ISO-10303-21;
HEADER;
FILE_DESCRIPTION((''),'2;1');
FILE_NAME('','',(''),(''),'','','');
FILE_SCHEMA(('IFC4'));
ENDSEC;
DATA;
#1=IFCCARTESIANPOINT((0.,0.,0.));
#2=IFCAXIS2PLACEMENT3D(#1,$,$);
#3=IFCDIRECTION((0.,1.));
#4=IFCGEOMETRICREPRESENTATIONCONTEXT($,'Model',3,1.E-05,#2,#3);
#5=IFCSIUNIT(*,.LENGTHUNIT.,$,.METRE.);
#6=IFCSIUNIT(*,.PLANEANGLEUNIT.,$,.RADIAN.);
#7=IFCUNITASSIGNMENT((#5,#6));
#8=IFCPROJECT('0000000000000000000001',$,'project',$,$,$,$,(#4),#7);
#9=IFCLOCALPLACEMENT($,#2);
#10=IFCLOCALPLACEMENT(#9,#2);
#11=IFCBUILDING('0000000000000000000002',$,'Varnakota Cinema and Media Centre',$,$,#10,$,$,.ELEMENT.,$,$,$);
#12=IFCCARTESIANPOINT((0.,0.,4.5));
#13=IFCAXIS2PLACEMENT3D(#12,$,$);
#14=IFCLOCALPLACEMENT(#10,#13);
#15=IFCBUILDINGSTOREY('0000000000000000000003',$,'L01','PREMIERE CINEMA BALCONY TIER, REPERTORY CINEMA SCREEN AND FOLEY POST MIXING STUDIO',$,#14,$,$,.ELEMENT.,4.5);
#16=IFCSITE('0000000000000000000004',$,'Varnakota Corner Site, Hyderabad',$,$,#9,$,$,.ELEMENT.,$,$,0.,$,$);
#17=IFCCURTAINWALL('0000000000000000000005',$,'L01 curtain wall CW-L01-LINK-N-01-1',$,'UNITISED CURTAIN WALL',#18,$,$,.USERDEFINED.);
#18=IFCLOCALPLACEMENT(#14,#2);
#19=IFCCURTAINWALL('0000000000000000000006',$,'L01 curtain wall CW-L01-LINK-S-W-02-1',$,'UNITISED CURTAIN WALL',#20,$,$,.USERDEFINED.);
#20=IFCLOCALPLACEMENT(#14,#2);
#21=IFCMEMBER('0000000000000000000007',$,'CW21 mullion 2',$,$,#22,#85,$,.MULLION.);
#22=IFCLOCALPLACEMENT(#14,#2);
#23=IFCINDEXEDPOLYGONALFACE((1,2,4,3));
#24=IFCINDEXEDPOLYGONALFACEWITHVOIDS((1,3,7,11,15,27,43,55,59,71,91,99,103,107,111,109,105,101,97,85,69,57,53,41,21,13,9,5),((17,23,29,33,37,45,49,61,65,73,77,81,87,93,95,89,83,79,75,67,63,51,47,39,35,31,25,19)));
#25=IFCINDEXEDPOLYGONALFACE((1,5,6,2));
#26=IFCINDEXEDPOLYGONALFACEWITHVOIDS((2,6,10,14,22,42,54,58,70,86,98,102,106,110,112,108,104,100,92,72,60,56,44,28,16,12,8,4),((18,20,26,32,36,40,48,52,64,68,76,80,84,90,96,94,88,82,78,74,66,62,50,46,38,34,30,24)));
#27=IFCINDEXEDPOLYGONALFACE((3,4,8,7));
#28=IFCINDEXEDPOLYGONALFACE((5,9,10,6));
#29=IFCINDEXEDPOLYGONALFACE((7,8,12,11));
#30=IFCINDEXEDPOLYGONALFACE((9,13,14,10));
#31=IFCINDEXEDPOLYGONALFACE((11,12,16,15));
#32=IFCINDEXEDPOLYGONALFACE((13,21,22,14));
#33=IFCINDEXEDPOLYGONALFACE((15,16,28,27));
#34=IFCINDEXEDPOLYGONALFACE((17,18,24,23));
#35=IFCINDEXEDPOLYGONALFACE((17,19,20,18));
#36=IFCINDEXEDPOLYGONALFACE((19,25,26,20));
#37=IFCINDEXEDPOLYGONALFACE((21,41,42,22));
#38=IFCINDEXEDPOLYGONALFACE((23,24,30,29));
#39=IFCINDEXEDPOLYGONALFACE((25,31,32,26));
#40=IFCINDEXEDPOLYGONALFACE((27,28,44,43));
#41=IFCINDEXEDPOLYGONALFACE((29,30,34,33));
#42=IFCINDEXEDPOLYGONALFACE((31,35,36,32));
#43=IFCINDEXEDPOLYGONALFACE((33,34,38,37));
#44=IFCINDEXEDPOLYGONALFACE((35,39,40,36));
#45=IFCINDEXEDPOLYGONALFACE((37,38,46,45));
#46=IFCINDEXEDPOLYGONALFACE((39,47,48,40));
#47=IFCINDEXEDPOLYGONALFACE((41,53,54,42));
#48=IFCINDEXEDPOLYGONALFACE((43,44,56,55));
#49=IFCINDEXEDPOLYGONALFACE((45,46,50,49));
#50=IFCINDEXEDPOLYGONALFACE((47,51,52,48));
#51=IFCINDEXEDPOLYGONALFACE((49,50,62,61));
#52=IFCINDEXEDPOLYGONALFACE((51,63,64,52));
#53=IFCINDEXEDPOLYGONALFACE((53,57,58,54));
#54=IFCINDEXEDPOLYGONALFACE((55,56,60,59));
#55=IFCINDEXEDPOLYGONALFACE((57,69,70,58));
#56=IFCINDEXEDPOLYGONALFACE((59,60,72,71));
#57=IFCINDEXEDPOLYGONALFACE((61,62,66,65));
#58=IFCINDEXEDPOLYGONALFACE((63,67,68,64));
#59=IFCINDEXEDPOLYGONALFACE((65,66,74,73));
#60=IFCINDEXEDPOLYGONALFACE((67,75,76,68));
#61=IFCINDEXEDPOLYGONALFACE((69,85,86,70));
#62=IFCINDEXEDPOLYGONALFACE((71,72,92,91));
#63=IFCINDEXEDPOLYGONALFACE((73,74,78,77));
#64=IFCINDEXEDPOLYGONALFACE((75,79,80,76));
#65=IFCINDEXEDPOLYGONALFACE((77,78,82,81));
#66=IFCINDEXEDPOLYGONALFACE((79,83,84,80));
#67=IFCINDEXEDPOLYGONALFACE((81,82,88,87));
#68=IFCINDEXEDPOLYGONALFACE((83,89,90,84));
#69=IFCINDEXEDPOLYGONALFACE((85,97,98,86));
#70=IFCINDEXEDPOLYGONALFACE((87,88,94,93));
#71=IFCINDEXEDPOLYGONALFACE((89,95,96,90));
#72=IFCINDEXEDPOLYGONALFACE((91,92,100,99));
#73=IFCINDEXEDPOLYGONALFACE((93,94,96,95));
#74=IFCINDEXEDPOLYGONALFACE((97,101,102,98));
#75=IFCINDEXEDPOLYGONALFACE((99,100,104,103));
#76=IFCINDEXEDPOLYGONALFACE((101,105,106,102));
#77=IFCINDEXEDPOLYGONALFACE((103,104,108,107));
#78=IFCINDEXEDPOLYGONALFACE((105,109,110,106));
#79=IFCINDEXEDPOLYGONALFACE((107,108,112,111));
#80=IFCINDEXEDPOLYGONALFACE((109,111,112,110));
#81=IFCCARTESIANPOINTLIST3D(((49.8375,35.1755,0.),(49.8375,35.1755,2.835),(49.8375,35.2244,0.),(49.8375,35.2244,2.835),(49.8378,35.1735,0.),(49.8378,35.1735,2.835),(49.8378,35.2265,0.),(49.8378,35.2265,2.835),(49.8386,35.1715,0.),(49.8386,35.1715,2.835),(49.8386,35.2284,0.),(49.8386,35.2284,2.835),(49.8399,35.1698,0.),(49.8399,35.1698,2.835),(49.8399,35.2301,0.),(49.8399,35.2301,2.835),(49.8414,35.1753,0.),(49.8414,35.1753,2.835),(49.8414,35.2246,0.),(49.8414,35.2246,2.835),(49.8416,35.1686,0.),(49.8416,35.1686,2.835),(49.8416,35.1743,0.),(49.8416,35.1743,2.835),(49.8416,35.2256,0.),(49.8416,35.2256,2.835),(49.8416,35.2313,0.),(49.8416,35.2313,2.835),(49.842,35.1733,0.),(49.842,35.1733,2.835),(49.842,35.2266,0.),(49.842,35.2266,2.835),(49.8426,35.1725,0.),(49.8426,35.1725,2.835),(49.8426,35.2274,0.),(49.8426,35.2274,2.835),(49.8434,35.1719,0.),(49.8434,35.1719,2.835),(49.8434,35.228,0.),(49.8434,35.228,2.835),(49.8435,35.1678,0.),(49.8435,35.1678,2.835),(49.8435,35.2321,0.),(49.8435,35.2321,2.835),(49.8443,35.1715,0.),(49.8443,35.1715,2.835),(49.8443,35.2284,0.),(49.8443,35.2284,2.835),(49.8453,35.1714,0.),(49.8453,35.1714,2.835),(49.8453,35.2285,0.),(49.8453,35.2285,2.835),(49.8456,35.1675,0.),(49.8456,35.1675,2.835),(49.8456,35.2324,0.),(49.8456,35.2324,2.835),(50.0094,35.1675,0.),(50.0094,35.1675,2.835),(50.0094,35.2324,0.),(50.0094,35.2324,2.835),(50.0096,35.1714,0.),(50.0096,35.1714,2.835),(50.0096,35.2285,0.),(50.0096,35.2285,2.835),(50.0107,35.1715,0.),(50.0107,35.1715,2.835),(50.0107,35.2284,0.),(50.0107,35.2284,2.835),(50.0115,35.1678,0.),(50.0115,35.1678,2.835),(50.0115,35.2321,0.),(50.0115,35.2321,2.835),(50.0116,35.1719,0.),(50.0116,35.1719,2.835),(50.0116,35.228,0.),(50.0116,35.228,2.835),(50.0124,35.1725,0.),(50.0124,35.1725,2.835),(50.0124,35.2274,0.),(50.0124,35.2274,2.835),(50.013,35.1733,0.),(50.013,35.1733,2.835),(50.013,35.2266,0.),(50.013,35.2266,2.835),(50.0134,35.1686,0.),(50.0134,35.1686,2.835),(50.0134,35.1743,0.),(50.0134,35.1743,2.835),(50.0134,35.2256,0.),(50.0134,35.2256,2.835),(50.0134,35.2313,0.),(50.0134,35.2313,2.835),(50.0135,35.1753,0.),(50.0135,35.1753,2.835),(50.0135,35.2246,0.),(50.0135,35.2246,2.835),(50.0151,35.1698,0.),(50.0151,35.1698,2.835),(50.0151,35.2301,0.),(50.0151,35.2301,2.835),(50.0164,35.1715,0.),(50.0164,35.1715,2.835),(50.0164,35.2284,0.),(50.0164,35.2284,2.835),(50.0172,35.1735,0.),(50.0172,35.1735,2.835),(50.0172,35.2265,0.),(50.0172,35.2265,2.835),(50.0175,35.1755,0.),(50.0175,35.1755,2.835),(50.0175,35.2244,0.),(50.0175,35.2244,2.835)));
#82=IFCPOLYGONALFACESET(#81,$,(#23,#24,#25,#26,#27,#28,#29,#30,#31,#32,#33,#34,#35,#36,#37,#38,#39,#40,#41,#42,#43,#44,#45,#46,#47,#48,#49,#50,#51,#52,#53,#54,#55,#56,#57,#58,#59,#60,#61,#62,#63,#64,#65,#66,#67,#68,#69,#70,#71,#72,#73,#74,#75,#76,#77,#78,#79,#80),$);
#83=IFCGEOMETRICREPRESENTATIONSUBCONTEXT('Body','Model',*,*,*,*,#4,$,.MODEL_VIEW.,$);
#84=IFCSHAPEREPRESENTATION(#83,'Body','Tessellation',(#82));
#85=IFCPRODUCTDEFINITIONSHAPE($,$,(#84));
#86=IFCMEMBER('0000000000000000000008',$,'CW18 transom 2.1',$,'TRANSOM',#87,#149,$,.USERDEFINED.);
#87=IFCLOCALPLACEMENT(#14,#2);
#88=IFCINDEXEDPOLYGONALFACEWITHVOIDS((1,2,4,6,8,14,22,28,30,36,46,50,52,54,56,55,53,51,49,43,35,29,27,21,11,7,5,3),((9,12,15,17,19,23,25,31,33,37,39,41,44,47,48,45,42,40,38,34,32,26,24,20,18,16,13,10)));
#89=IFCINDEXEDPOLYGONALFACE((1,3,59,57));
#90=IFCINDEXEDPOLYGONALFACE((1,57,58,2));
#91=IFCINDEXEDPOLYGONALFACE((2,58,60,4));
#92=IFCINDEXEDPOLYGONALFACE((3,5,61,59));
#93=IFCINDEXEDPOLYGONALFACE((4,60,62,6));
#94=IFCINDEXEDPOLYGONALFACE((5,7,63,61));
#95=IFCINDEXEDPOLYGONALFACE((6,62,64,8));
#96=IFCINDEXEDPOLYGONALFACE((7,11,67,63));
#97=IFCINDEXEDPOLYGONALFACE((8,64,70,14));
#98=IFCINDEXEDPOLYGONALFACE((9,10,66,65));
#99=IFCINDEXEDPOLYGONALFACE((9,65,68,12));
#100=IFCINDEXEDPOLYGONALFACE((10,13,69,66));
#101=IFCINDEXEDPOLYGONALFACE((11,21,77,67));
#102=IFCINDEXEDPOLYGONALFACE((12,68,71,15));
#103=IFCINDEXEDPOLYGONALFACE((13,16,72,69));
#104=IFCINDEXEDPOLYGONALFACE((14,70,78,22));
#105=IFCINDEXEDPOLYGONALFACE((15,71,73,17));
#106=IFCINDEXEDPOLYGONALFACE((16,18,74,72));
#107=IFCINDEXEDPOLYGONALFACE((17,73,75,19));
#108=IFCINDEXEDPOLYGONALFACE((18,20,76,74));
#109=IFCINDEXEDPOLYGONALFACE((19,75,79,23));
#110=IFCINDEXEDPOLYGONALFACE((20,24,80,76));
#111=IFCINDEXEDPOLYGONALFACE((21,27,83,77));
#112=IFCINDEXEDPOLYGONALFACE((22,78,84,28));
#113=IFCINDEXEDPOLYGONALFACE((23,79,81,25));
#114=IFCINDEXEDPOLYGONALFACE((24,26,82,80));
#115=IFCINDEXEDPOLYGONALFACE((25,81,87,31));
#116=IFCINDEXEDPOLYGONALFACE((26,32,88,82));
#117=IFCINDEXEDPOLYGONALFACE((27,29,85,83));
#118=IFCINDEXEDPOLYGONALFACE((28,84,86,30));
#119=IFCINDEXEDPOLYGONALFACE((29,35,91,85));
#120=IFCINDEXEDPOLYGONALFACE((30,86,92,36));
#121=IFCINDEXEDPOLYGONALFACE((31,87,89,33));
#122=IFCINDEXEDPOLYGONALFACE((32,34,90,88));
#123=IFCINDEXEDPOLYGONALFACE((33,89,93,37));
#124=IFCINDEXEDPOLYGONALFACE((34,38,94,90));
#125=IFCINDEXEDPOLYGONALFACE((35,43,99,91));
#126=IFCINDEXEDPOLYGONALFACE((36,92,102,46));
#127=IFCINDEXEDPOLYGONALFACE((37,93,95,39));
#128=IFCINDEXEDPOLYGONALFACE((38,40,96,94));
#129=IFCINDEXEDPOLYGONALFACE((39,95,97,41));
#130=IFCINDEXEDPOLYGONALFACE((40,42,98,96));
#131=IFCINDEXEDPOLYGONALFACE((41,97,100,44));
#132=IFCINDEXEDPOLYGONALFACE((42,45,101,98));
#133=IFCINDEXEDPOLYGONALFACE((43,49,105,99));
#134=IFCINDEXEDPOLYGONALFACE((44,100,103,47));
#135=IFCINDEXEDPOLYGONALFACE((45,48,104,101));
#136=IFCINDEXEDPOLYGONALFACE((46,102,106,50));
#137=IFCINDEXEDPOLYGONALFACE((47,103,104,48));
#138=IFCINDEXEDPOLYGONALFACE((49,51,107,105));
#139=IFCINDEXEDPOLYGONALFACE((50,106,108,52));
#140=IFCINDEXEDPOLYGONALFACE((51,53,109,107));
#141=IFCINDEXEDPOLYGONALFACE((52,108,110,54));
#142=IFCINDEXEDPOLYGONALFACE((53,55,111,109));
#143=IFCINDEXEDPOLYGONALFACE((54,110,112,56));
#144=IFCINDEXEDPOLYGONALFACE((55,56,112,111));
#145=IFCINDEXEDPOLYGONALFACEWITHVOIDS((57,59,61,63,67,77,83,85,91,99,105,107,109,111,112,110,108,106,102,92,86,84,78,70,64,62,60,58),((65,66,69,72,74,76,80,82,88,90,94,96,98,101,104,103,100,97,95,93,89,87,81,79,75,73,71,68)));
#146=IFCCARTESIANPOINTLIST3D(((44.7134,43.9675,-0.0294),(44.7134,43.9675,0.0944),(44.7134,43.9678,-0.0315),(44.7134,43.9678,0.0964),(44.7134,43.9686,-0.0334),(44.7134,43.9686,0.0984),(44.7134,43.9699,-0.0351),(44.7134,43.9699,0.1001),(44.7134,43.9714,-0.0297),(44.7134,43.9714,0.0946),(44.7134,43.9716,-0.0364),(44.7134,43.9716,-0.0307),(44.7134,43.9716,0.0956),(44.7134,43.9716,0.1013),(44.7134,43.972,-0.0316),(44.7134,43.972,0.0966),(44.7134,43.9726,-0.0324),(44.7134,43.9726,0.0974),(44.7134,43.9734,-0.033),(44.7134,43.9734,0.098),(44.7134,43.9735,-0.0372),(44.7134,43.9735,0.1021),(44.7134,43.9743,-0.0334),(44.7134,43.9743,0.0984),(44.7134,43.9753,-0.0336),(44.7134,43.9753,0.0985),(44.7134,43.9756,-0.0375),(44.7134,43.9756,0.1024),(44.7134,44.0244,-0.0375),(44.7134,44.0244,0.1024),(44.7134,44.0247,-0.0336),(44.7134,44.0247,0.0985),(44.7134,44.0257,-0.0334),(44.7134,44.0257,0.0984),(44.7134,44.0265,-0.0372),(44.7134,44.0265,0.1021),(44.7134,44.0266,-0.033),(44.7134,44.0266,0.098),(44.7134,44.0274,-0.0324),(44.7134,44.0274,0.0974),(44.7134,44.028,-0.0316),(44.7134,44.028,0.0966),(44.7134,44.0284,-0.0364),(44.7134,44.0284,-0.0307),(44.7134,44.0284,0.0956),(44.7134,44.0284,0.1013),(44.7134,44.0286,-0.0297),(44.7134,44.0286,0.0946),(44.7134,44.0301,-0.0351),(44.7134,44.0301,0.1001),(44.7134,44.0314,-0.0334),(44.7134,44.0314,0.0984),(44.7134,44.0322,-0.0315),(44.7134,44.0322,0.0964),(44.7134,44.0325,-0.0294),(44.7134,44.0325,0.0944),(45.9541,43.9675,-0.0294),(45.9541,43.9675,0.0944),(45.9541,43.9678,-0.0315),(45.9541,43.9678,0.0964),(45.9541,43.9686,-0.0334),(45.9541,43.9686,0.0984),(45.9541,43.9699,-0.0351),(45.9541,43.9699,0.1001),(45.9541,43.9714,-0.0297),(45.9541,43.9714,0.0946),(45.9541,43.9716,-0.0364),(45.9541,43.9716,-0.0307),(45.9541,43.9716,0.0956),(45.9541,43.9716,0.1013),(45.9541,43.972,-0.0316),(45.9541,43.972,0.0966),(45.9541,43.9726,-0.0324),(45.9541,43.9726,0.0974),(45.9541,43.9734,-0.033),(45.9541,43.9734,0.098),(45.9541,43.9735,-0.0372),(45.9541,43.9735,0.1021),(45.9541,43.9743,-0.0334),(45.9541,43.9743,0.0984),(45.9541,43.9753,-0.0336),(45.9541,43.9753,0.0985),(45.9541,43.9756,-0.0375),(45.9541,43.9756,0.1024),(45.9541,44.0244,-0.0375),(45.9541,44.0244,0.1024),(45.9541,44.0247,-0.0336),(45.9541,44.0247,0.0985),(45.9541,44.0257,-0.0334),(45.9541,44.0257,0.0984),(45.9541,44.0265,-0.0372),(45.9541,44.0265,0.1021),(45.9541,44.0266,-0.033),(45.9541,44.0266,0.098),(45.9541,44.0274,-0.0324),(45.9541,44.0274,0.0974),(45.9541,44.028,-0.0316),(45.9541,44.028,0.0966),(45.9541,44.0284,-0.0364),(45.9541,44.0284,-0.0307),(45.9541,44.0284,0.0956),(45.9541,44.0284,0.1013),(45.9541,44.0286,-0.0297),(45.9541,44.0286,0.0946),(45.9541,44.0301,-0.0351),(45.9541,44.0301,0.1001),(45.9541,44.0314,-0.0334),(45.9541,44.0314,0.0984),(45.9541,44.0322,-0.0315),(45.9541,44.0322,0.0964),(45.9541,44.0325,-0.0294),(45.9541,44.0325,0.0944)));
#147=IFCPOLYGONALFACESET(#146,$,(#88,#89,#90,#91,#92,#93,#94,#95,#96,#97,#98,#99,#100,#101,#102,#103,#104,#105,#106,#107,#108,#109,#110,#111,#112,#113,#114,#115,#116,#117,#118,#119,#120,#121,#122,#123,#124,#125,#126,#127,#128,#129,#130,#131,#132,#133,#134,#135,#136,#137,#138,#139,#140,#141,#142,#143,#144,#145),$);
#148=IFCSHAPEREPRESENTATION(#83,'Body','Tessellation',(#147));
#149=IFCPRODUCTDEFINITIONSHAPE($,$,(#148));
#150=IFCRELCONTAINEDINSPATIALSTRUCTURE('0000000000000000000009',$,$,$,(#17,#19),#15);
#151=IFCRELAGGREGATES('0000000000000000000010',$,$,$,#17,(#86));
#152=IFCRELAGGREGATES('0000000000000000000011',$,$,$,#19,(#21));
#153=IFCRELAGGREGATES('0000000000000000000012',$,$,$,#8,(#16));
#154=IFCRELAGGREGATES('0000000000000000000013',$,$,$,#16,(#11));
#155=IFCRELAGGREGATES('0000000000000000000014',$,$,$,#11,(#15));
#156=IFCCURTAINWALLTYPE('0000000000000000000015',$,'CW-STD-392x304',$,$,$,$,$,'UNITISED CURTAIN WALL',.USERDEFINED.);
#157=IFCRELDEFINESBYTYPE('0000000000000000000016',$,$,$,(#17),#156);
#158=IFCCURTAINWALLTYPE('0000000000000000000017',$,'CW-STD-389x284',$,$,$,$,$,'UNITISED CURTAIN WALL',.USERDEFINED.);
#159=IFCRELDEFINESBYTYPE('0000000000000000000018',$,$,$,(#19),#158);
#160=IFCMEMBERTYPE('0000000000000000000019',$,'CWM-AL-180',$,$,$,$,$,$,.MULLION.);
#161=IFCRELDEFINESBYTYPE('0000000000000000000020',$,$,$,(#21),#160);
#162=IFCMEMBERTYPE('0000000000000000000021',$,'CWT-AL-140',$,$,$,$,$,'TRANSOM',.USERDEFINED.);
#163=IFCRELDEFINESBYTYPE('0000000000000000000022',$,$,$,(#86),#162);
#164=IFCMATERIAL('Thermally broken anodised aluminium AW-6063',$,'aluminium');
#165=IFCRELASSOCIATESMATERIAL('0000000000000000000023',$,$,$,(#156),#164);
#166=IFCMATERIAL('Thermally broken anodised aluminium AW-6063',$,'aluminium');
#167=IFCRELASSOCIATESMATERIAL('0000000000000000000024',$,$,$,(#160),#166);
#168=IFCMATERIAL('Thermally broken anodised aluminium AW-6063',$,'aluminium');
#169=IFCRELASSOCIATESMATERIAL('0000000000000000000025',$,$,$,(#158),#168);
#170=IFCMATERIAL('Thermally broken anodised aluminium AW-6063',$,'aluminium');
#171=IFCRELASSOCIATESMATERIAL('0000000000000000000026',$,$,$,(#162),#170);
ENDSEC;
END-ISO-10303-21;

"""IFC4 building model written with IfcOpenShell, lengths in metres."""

from ifc_helpers import new_model, si_unit, direction, frame, origin, origin_2d, place, context, subcontext, project, spatial, hollow_rectangle, extrude, material, material_profile, profile_set, type_object, element, aggregate, save


model = new_model("IFC4")

# Units and contexts
model_context = context("Model", 3, precision=1e-05, world=origin(), true_north=direction((0.0, 1.0)))
body_context = subcontext(model_context, "Body", "Model", "MODEL_VIEW")
ifc_project = project(units=[si_unit("LENGTHUNIT", "METRE"), si_unit("PLANEANGLEUNIT", "RADIAN")], contexts=[model_context])

# Site, building, storey
site_placement = place(None, origin())
site = spatial("IfcSite", under=ifc_project, at=site_placement, Name="Varnakota Corner Site, Hyderabad", CompositionType="ELEMENT", RefElevation=0.0)
building_placement = place(site_placement, origin())
building = spatial("IfcBuilding", under=site, at=building_placement, Name="Varnakota Cinema and Media Centre", CompositionType="ELEMENT")
storey_placement = place(building_placement, frame((0.0, 0.0, 4.5)))
storey = spatial("IfcBuildingStorey", under=building, at=storey_placement, Name="L01", Description="PREMIERE CINEMA BALCONY TIER, REPERTORY CINEMA SCREEN AND FOLEY POST MIXING STUDIO", CompositionType="ELEMENT", Elevation=4.5)

# Curtain walls, member
ifc_material_1 = material(Name="Thermally broken anodised aluminium AW-6063", Category="aluminium")
curtain_wall_type_1 = type_object("IfcCurtainWallType", Name="CW-STD-392x304", ElementType="UNITISED CURTAIN WALL", PredefinedType="USERDEFINED", material=ifc_material_1)
curtain_wall_1_placement = place(storey_placement, origin())
curtain_wall_1 = element("IfcCurtainWall", 1, at=curtain_wall_1_placement, inside=storey, type_object=curtain_wall_type_1, Name="L01 curtain wall CW-L01-LINK-N-01-1", ObjectType="UNITISED CURTAIN WALL", PredefinedType="USERDEFINED")
ifc_material_2 = material(Name="Thermally broken anodised aluminium AW-6063", Category="aluminium")
ifc_material_profile_1 = material_profile(ifc_material_2, hollow_rectangle(XDim=0.0649, YDim=0.1799, WallThickness=0.0039, InnerFilletRadius=0.0039, OuterFilletRadius=0.0081, at=origin_2d()), Name="AL-MULLION 180x65x4")
ifc_profile_set_1 = profile_set([ifc_material_profile_1], Name="Thermally broken anodised aluminium AW-6063")
member_type_1 = type_object("IfcMemberType", Name="CWM-AL-180", PredefinedType="MULLION", material=ifc_profile_set_1)
ifc_material_3 = material(Name="Thermally broken anodised aluminium AW-6063", Category="aluminium")
curtain_wall_type_2 = type_object("IfcCurtainWallType", Name="CW-STD-389x284", ElementType="UNITISED CURTAIN WALL", PredefinedType="USERDEFINED", material=ifc_material_3)
curtain_wall_2_placement = place(storey_placement, origin())
curtain_wall_2 = element("IfcCurtainWall", 2, at=curtain_wall_2_placement, inside=storey, type_object=curtain_wall_type_2, Name="L01 curtain wall CW-L01-LINK-S-W-02-1", ObjectType="UNITISED CURTAIN WALL", PredefinedType="USERDEFINED")
member_1_placement = place(storey_placement, frame((49.9275, 35.2, 0.0), z_axis=(0.0, 0.0, 1.0), x_axis=(0.0, -1.0, 0.0)))
member_1 = element("IfcMember", 3, at=member_1_placement, type_object=member_type_1, Name="CW21 mullion 2", PredefinedType="MULLION", context=body_context, shape_type="SweptSolid", body=[
    extrude(hollow_rectangle(XDim=0.0649, YDim=0.1799, WallThickness=0.0039, InnerFilletRadius=0.0039, OuterFilletRadius=0.0081, at=origin_2d()), origin(), (0.0, 0.0, 1.0), 2.835),
])

# Member
ifc_material_4 = material(Name="Thermally broken anodised aluminium AW-6063", Category="aluminium")
ifc_material_profile_2 = material_profile(ifc_material_4, hollow_rectangle(XDim=0.0649, YDim=0.1399, WallThickness=0.0039, InnerFilletRadius=0.0039, OuterFilletRadius=0.0081, at=origin_2d()), Name="AL-TRANSOM 140x65x4")
ifc_profile_set_2 = profile_set([ifc_material_profile_2], Name="Thermally broken anodised aluminium AW-6063")
member_type_2 = type_object("IfcMemberType", Name="CWT-AL-140", ElementType="TRANSOM", PredefinedType="USERDEFINED", material=ifc_profile_set_2)
member_2_placement = place(storey_placement, frame((44.7134, 44.0, 0.0325), z_axis=(1.0, 0.0, 0.0), x_axis=(0.0, 1.0, 0.0)))
member_2 = element("IfcMember", 4, at=member_2_placement, type_object=member_type_2, Name="CW18 transom 2.1", ObjectType="TRANSOM", PredefinedType="USERDEFINED", context=body_context, shape_type="SweptSolid", body=[
    extrude(hollow_rectangle(XDim=0.0649, YDim=0.1399, WallThickness=0.0039, InnerFilletRadius=0.0039, OuterFilletRadius=0.0081, at=origin_2d()), origin(), (0.0, 0.0, 1.0), 1.2407),
])

aggregate(curtain_wall_1, [member_2])
aggregate(curtain_wall_2, [member_1])

save(model, "model.ifc")
